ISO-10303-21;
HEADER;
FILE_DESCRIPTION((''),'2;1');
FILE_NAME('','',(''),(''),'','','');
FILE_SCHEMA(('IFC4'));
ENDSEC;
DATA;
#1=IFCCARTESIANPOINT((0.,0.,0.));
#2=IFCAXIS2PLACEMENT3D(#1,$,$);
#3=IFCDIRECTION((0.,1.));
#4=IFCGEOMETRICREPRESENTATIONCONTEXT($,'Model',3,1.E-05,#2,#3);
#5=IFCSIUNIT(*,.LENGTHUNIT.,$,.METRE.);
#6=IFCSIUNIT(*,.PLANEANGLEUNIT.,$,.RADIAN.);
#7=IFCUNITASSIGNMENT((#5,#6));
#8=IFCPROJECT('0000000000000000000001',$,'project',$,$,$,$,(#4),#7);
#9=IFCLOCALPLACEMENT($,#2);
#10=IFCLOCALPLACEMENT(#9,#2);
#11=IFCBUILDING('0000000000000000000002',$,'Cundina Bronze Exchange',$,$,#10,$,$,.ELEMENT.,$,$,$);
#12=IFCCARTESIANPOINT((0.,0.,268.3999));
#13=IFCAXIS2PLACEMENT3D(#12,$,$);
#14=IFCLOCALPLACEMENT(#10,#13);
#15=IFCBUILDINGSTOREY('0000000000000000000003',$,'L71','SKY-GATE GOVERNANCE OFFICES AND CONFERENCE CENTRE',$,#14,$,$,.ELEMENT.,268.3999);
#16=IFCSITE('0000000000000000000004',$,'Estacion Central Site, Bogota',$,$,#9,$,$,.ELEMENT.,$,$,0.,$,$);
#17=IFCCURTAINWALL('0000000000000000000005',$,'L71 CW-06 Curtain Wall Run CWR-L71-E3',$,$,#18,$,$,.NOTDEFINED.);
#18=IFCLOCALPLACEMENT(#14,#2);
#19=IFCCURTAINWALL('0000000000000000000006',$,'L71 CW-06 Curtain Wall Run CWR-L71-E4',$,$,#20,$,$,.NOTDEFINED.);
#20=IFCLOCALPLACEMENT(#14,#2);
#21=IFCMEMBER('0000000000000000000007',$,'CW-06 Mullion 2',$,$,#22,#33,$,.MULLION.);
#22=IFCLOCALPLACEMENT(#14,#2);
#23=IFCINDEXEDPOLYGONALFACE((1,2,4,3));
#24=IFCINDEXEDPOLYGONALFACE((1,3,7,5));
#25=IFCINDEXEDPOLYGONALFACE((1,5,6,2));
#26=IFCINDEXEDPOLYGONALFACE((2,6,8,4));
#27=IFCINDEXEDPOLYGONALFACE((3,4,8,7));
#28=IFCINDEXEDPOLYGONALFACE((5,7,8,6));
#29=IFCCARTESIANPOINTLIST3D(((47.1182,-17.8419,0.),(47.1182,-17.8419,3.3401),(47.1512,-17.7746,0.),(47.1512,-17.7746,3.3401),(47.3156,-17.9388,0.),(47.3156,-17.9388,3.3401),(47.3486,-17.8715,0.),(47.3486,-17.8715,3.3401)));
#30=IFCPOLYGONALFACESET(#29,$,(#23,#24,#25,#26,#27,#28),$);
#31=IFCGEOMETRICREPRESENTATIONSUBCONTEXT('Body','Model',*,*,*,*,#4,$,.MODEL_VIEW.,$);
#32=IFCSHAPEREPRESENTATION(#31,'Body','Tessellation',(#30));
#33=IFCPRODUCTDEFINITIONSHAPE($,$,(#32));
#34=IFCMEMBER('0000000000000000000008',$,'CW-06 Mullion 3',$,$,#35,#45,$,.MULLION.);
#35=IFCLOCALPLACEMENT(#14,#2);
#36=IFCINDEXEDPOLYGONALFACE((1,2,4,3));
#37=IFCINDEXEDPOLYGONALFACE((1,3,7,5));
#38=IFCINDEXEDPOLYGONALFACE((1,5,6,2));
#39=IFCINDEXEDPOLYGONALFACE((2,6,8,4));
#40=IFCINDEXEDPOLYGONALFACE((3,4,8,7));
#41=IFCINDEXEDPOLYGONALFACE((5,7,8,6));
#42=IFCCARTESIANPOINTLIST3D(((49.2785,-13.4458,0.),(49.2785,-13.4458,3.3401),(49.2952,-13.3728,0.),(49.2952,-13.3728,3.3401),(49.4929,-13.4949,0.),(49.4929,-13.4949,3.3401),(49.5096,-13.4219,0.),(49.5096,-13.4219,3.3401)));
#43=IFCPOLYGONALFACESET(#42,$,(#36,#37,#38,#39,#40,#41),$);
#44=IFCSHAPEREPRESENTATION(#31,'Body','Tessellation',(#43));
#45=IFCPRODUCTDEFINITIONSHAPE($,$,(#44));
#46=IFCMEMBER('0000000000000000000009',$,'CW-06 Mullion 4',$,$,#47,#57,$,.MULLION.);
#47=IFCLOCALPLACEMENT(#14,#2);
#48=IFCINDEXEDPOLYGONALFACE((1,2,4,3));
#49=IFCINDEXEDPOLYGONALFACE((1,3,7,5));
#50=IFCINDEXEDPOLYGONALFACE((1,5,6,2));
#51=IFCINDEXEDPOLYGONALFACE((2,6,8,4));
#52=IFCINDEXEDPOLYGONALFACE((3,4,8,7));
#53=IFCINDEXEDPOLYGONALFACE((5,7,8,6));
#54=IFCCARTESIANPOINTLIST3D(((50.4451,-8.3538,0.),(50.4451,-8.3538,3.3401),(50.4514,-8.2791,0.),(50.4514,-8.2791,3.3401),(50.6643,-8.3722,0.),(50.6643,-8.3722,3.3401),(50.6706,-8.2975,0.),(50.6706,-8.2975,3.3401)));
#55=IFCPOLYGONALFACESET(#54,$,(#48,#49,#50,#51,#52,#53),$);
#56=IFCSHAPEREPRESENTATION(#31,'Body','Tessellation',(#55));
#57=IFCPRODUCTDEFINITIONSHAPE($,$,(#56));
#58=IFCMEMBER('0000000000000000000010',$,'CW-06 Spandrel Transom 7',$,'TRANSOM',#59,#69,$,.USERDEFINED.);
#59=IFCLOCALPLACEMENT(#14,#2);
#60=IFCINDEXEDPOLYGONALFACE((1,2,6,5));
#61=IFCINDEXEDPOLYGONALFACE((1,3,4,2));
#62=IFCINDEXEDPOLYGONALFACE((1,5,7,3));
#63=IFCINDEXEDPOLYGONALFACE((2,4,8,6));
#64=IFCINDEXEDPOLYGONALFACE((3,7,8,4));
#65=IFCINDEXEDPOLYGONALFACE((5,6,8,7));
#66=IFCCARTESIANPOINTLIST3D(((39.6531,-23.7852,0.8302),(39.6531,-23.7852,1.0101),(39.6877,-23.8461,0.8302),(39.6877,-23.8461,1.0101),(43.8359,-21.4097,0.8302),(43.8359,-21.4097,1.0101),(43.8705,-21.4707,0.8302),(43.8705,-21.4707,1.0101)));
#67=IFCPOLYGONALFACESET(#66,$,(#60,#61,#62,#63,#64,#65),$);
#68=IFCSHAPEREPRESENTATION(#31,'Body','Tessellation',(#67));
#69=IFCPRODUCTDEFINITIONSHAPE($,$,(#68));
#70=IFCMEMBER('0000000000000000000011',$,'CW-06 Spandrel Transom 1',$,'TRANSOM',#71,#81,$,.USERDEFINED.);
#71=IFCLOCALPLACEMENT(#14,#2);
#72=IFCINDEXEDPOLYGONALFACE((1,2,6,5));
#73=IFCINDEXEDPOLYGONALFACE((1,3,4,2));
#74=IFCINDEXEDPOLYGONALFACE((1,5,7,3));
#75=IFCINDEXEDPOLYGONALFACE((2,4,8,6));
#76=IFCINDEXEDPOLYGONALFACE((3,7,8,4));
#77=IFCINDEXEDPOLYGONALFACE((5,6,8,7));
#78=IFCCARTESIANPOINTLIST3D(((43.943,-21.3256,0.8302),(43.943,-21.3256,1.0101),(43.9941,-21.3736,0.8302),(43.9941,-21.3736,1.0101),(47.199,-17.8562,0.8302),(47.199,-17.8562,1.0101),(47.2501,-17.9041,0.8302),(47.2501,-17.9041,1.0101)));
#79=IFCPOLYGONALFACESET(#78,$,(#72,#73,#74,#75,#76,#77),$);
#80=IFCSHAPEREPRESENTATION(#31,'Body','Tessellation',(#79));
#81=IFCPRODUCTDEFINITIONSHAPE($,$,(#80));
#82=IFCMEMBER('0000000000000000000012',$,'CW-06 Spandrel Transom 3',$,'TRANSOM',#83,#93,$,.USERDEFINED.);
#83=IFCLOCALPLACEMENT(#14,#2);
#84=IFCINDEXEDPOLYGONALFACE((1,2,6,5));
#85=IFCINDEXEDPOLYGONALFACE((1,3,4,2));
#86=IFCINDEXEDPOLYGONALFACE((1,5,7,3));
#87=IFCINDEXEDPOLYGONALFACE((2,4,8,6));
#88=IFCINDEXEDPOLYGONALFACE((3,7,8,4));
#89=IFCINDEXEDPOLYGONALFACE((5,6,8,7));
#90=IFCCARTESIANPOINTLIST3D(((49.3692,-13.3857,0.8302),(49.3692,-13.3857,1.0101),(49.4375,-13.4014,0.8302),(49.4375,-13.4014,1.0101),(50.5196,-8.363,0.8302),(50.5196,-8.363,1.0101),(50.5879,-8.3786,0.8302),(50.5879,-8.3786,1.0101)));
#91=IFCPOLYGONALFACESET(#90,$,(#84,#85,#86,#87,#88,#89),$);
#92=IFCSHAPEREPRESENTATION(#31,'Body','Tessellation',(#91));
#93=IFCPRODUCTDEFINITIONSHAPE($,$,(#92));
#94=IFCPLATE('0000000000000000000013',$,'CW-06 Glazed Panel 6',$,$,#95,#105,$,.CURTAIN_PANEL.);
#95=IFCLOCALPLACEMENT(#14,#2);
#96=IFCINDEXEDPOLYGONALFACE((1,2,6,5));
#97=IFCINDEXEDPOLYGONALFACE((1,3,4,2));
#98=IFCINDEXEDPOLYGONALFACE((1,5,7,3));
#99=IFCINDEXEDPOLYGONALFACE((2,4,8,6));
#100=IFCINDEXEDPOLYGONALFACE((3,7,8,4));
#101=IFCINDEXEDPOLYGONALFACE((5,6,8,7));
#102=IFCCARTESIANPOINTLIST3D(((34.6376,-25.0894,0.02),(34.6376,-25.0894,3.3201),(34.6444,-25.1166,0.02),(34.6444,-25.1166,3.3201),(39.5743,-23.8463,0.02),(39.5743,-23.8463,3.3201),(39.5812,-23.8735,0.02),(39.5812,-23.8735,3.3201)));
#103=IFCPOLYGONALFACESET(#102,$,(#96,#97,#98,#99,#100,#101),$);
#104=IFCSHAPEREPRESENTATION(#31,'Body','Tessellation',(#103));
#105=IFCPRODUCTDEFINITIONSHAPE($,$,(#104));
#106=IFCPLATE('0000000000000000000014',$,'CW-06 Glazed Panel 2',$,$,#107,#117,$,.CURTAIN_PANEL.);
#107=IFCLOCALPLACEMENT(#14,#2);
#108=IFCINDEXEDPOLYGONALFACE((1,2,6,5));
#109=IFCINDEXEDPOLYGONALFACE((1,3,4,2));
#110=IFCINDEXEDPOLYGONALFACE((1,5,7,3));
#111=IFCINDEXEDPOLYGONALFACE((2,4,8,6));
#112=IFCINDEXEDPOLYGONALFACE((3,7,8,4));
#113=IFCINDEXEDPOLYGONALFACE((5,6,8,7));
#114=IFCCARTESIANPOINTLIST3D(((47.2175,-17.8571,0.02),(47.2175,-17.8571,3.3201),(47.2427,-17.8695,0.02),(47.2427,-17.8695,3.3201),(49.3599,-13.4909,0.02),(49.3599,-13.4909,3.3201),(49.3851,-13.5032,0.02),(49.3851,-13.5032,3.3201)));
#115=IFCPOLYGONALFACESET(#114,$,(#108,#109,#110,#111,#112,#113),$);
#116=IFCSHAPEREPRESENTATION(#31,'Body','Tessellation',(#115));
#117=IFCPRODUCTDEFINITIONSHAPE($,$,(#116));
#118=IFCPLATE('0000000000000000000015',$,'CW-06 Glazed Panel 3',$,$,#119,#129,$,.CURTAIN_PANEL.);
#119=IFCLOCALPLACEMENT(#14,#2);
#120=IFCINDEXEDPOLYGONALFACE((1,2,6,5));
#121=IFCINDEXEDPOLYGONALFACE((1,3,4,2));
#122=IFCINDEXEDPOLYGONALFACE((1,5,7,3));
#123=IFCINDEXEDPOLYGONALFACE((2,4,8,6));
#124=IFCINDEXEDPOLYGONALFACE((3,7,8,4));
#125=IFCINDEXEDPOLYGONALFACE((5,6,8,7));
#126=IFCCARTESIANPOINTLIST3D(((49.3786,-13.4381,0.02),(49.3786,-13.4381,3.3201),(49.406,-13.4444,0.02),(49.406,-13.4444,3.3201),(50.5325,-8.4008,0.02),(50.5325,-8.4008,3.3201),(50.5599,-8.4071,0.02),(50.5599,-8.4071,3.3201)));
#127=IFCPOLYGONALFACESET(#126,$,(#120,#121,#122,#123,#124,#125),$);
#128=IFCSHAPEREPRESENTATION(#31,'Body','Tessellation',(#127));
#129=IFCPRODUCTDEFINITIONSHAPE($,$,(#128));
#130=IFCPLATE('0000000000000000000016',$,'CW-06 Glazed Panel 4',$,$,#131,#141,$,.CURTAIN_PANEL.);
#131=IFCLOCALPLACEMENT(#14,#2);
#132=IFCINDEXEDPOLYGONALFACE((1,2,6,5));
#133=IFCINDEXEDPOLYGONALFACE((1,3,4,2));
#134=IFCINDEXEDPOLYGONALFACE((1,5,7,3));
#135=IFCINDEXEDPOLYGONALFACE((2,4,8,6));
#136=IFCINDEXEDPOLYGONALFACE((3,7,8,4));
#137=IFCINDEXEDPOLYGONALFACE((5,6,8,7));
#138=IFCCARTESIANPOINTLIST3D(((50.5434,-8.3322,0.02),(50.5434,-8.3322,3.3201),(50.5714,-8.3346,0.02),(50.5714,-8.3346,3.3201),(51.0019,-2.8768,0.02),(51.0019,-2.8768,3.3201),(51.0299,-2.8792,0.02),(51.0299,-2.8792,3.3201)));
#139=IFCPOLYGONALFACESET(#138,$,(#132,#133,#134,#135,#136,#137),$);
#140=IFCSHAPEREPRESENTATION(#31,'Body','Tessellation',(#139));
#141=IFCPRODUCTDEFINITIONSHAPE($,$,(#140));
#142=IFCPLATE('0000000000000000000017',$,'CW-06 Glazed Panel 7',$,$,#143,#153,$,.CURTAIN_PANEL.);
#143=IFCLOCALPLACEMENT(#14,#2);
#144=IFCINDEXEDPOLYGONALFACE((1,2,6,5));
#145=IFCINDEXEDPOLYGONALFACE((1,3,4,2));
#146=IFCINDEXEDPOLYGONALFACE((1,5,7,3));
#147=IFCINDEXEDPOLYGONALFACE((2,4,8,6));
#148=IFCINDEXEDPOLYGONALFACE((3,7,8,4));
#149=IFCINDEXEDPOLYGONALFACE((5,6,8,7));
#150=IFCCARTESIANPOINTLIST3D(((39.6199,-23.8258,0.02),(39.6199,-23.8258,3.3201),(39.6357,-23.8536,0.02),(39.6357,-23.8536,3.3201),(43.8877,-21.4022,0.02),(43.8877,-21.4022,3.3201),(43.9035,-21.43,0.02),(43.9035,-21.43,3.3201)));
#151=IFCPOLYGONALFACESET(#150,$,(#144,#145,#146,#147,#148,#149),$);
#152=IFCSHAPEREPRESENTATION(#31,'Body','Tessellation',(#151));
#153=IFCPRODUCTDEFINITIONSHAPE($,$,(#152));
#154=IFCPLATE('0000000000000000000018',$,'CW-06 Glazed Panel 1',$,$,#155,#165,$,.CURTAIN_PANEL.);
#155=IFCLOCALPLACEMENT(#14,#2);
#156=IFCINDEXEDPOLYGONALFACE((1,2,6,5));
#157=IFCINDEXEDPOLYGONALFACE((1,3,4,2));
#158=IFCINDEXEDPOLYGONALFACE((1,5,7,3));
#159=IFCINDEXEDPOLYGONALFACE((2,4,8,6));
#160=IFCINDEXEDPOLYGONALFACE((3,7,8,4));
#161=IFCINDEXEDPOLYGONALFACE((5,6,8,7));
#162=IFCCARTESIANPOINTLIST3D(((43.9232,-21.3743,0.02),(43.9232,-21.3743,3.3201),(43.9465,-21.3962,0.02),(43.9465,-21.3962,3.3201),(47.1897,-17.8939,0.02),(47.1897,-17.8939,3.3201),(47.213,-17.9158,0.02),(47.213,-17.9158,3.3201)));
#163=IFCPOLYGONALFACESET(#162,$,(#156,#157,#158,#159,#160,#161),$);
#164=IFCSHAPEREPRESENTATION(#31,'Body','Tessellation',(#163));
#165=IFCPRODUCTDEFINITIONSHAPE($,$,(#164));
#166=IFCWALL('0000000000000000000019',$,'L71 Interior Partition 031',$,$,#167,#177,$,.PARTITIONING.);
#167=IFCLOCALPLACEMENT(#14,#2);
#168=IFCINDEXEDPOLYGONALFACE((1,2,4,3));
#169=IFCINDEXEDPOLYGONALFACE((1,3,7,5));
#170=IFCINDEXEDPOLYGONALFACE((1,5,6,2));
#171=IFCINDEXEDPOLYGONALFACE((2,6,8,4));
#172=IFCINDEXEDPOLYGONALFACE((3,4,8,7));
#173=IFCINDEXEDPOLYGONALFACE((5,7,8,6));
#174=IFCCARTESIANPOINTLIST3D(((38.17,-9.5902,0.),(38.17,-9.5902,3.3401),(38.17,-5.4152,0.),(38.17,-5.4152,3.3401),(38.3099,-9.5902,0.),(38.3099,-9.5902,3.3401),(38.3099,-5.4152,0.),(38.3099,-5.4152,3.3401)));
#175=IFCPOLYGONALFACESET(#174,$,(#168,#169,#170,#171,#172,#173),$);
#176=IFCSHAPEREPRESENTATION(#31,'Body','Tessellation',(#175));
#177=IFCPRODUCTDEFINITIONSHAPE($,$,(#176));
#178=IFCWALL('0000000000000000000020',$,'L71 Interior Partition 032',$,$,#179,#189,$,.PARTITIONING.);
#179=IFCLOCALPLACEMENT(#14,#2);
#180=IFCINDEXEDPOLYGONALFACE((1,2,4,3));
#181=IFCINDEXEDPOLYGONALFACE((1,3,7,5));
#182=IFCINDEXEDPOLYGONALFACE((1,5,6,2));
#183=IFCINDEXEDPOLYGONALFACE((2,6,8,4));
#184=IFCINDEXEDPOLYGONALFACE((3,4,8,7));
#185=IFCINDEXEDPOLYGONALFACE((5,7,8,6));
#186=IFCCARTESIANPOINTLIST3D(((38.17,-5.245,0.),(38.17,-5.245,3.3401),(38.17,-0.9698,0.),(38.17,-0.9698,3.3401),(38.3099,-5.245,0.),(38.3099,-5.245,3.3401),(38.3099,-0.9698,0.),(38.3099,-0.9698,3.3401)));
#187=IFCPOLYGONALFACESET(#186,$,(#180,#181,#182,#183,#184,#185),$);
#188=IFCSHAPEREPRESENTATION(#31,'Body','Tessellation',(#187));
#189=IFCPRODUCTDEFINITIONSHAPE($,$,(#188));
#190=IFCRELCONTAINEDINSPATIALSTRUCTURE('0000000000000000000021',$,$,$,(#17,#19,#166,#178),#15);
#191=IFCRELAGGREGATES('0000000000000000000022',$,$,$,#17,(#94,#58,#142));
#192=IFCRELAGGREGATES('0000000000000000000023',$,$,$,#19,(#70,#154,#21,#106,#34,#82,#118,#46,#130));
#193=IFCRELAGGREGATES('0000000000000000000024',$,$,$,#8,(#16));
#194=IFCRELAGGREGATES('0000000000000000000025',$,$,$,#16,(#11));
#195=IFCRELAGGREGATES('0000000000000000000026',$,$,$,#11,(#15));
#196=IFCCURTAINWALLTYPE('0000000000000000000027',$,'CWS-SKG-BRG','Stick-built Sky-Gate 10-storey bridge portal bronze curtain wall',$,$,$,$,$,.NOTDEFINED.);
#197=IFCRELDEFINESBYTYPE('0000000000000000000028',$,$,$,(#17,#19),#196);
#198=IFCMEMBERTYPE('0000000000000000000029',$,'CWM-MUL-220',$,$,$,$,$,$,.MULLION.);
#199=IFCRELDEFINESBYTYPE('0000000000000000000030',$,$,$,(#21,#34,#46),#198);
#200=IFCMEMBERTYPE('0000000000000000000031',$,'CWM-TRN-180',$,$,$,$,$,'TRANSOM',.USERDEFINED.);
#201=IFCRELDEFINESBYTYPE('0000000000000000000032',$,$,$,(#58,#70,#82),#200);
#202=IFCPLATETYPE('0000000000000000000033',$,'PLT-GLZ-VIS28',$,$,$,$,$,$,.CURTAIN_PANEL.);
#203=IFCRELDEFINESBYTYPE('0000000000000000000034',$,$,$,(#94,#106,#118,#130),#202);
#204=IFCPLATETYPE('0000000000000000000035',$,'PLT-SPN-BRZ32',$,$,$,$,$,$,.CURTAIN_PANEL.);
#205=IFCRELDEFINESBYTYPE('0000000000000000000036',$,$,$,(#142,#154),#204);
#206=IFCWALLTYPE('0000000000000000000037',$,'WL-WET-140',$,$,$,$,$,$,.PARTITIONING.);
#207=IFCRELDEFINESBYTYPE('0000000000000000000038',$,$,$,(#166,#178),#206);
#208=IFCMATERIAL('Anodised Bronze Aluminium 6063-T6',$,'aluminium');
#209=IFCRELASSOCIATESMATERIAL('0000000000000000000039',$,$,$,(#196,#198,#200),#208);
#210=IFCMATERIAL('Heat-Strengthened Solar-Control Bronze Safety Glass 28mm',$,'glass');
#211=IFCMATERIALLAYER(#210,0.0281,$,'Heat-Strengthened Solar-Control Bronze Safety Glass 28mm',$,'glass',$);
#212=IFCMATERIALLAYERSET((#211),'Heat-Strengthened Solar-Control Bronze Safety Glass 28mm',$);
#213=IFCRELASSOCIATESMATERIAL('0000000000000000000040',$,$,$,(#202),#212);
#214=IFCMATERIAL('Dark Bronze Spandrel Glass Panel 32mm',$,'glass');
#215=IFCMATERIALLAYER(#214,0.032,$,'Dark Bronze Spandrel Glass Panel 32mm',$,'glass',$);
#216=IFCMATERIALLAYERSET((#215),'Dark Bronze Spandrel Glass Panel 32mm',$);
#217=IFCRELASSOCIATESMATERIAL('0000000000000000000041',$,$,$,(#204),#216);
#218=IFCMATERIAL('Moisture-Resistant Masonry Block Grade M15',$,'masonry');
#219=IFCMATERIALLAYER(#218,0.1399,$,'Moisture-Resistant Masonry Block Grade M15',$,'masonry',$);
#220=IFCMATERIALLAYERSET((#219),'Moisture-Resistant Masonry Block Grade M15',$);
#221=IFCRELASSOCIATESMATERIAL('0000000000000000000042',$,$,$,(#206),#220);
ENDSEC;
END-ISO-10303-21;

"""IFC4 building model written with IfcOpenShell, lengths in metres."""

from ifc_helpers import new_model, si_unit, direction, frame, frame_2d, origin, origin_2d, place, context, subcontext, project, spatial, rectangle, extrude, material, layer, layer_set, material_profile, profile_set, type_object, element, aggregate, save


model = new_model("IFC4")

# Units and contexts
model_context = context("Model", 3, precision=1e-05, world=origin(), true_north=direction((0.0, 1.0)))
body_context = subcontext(model_context, "Body", "Model", "MODEL_VIEW")
ifc_project = project(units=[si_unit("LENGTHUNIT", "METRE"), si_unit("PLANEANGLEUNIT", "RADIAN")], contexts=[model_context])

# Site, building, storey
site_placement = place(None, origin())
site = spatial("IfcSite", under=ifc_project, at=site_placement, Name="Estacion Central Site, Bogota", CompositionType="ELEMENT", RefElevation=0.0)
building_placement = place(site_placement, origin())
building = spatial("IfcBuilding", under=site, at=building_placement, Name="Cundina Bronze Exchange", CompositionType="ELEMENT")
storey_placement = place(building_placement, frame((0.0, 0.0, 268.3999)))
storey = spatial("IfcBuildingStorey", under=building, at=storey_placement, Name="L71", Description="SKY-GATE GOVERNANCE OFFICES AND CONFERENCE CENTRE", CompositionType="ELEMENT", Elevation=268.3999)

# Curtain walls, members
ifc_material_1 = material(Name="Anodised Bronze Aluminium 6063-T6", Category="aluminium")
curtain_wall_type = type_object("IfcCurtainWallType", Name="CWS-SKG-BRG", Description="Stick-built Sky-Gate 10-storey bridge portal bronze curtain wall", PredefinedType="NOTDEFINED", material=ifc_material_1)
curtain_wall_1_placement = place(storey_placement, origin())
curtain_wall_1 = element("IfcCurtainWall", 1, at=curtain_wall_1_placement, inside=storey, type_object=curtain_wall_type, Name="L71 CW-06 Curtain Wall Run CWR-L71-E3", PredefinedType="NOTDEFINED")
ifc_material_profile_1 = material_profile(ifc_material_1, rectangle(XDim=0.075, YDim=0.22, at=origin_2d()), Name="AL75X220", Category="aluminium")
ifc_profile_set_1 = profile_set([ifc_material_profile_1], Name="Anodised Bronze Aluminium 6063-T6")
member_type_1 = type_object("IfcMemberType", Name="CWM-MUL-220", PredefinedType="MULLION", material=ifc_profile_set_1)
curtain_wall_2_placement = place(storey_placement, origin())
curtain_wall_2 = element("IfcCurtainWall", 2, at=curtain_wall_2_placement, inside=storey, type_object=curtain_wall_type, Name="L71 CW-06 Curtain Wall Run CWR-L71-E4", PredefinedType="NOTDEFINED")
member_1_placement = place(storey_placement, frame((47.2334, -17.8567, 0.0), z_axis=(0.0, 0.0, 1.0), x_axis=(0.440566, 0.89772, 0.0)))
member_1 = element("IfcMember", 3, at=member_1_placement, type_object=member_type_1, Name="CW-06 Mullion 2", PredefinedType="MULLION", context=body_context, shape_type="SweptSolid", body=[
    extrude(rectangle(XDim=0.075, YDim=0.22, at=origin_2d()), origin(), (0.0, 0.0, 1.0), 3.3401),
])
member_2_placement = place(storey_placement, frame((49.394, -13.4338, 0.0), z_axis=(0.0, 0.0, 1.0), x_axis=(0.22325, 0.974761, 0.0)))
member_2 = element("IfcMember", 4, at=member_2_placement, type_object=member_type_1, Name="CW-06 Mullion 3", PredefinedType="MULLION", context=body_context, shape_type="SweptSolid", body=[
    extrude(rectangle(XDim=0.075, YDim=0.22, at=origin_2d()), origin(), (0.0, 0.0, 1.0), 3.3401),
])
member_3_placement = place(storey_placement, frame((50.5579, -8.3257, 0.0), z_axis=(0.0, 0.0, 1.0), x_axis=(0.083678, 0.996493, 0.0)))
member_3 = element("IfcMember", 5, at=member_3_placement, type_object=member_type_1, Name="CW-06 Mullion 4", PredefinedType="MULLION", context=body_context, shape_type="SweptSolid", body=[
    extrude(rectangle(XDim=0.075, YDim=0.22, at=origin_2d()), origin(), (0.0, 0.0, 1.0), 3.3401),
])

# Members
ifc_material_profile_2 = material_profile(ifc_material_1, rectangle(XDim=0.0701, YDim=0.1799, at=origin_2d()), Name="AL70X180", Category="aluminium")
ifc_profile_set_2 = profile_set([ifc_material_profile_2], Name="Anodised Bronze Aluminium 6063-T6")
member_type_2 = type_object("IfcMemberType", Name="CWM-TRN-180", ElementType="TRANSOM", PredefinedType="USERDEFINED", material=ifc_profile_set_2)
member_4_placement = place(storey_placement, frame((39.6704, -23.8157, 0.9202), z_axis=(0.869558, 0.493831, 0.0), x_axis=(-0.493831, 0.869558, 0.0)))
member_4 = element("IfcMember", 6, at=member_4_placement, type_object=member_type_2, Name="CW-06 Spandrel Transom 7", ObjectType="TRANSOM", PredefinedType="USERDEFINED", context=body_context, shape_type="SweptSolid", body=[
    extrude(rectangle(XDim=0.0701, YDim=0.1799, at=origin_2d()), origin(), (0.0, 0.0, 1.0), 4.8103),
])
member_5_placement = place(storey_placement, frame((43.9685, -21.3496, 0.9202), z_axis=(0.684328, 0.729174, 0.0), x_axis=(-0.729174, 0.684328, 0.0)))
member_5 = element("IfcMember", 7, at=member_5_placement, type_object=member_type_2, Name="CW-06 Spandrel Transom 1", ObjectType="TRANSOM", PredefinedType="USERDEFINED", context=body_context, shape_type="SweptSolid", body=[
    extrude(rectangle(XDim=0.0701, YDim=0.1799, at=origin_2d()), origin(), (0.0, 0.0, 1.0), 4.7581),
])
member_6_placement = place(storey_placement, frame((49.4033, -13.3936, 0.9202), z_axis=(0.223257, 0.97476, 0.0), x_axis=(-0.97476, 0.223257, 0.0)))
member_6 = element("IfcMember", 8, at=member_6_placement, type_object=member_type_2, Name="CW-06 Spandrel Transom 3", ObjectType="TRANSOM", PredefinedType="USERDEFINED", context=body_context, shape_type="SweptSolid", body=[
    extrude(rectangle(XDim=0.0701, YDim=0.1799, at=origin_2d()), origin(), (0.0, 0.0, 1.0), 5.1528),
])

# Plates
ifc_material_2 = material(Name="Heat-Strengthened Solar-Control Bronze Safety Glass 28mm", Category="glass")
ifc_layer_1 = layer(ifc_material_2, 0.0281, Name="Heat-Strengthened Solar-Control Bronze Safety Glass 28mm", Category="glass")
ifc_layer_set_1 = layer_set([ifc_layer_1], Name="Heat-Strengthened Solar-Control Bronze Safety Glass 28mm")
plate_type_1 = type_object("IfcPlateType", Name="PLT-GLZ-VIS28", PredefinedType="CURTAIN_PANEL", material=ifc_layer_set_1)
plate_1_placement = place(storey_placement, frame((37.1094, -24.4814, 0.02), z_axis=(0.0, 0.0, 1.0), x_axis=(0.969732, 0.244174, 0.0)))
plate_1 = element("IfcPlate", 9, at=plate_1_placement, type_object=plate_type_1, Name="CW-06 Glazed Panel 6", PredefinedType="CURTAIN_PANEL", context=body_context, shape_type="SweptSolid", body=[
    extrude(rectangle(XDim=5.0908, YDim=0.0281, at=origin_2d()), origin(), (0.0, 0.0, 1.0), 3.3),
])
plate_2_placement = place(storey_placement, frame((48.3013, -15.6802, 0.02), z_axis=(0.0, 0.0, 1.0), x_axis=(0.440503, 0.897751, 0.0)))
plate_2 = element("IfcPlate", 10, at=plate_2_placement, type_object=plate_type_1, Name="CW-06 Glazed Panel 2", PredefinedType="CURTAIN_PANEL", context=body_context, shape_type="SweptSolid", body=[
    extrude(rectangle(XDim=4.8635, YDim=0.0281, at=origin_2d()), origin(), (0.0, 0.0, 1.0), 3.3),
])
plate_3_placement = place(storey_placement, frame((49.9692, -10.9226, 0.02), z_axis=(0.0, 0.0, 1.0), x_axis=(0.223284, 0.974753, 0.0)))
plate_3 = element("IfcPlate", 11, at=plate_3_placement, type_object=plate_type_1, Name="CW-06 Glazed Panel 3", PredefinedType="CURTAIN_PANEL", context=body_context, shape_type="SweptSolid", body=[
    extrude(rectangle(XDim=5.1677, YDim=0.0281, at=origin_2d()), origin(), (0.0, 0.0, 1.0), 3.3),
])
plate_4_placement = place(storey_placement, frame((50.7866, -5.6057, 0.02), z_axis=(0.0, 0.0, 1.0), x_axis=(0.083747, 0.996487, 0.0)))
plate_4 = element("IfcPlate", 12, at=plate_4_placement, type_object=plate_type_1, Name="CW-06 Glazed Panel 4", PredefinedType="CURTAIN_PANEL", context=body_context, shape_type="SweptSolid", body=[
    extrude(rectangle(XDim=5.4746, YDim=0.0281, at=origin_2d()), origin(), (0.0, 0.0, 1.0), 3.3),
])
ifc_material_3 = material(Name="Dark Bronze Spandrel Glass Panel 32mm", Category="glass")
ifc_layer_2 = layer(ifc_material_3, 0.032, Name="Dark Bronze Spandrel Glass Panel 32mm", Category="glass")
ifc_layer_set_2 = layer_set([ifc_layer_2], Name="Dark Bronze Spandrel Glass Panel 32mm")
plate_type_2 = type_object("IfcPlateType", Name="PLT-SPN-BRZ32", PredefinedType="CURTAIN_PANEL", material=ifc_layer_set_2)
plate_5_placement = place(storey_placement, frame((41.7617, -22.6279, 0.02), z_axis=(0.0, 0.0, 1.0), x_axis=(0.869573, 0.493805, 0.0)))
plate_5 = element("IfcPlate", 13, at=plate_5_placement, type_object=plate_type_2, Name="CW-06 Glazed Panel 7", PredefinedType="CURTAIN_PANEL", context=body_context, shape_type="SweptSolid", body=[
    extrude(rectangle(XDim=4.908, YDim=0.032, at=origin_2d()), origin(), (0.0, 0.0, 1.0), 3.3),
])
aggregate(curtain_wall_1, [plate_1, member_4, plate_5])
plate_6_placement = place(storey_placement, frame((45.5681, -19.645, 0.02), z_axis=(0.0, 0.0, 1.0), x_axis=(0.684344, 0.72916, 0.0)))
plate_6 = element("IfcPlate", 14, at=plate_6_placement, type_object=plate_type_2, Name="CW-06 Glazed Panel 1", PredefinedType="CURTAIN_PANEL", context=body_context, shape_type="SweptSolid", body=[
    extrude(rectangle(XDim=4.7732, YDim=0.032, at=origin_2d()), origin(), (0.0, 0.0, 1.0), 3.3),
])
aggregate(curtain_wall_2, [member_5, plate_6, member_1, plate_2, member_2, member_6, plate_3, member_3, plate_4])

# Walls
ifc_material_4 = material(Name="Moisture-Resistant Masonry Block Grade M15", Category="masonry")
ifc_layer_3 = layer(ifc_material_4, 0.1399, Name="Moisture-Resistant Masonry Block Grade M15", Category="masonry")
ifc_layer_set_3 = layer_set([ifc_layer_3], Name="Moisture-Resistant Masonry Block Grade M15")
wall_type = type_object("IfcWallType", Name="WL-WET-140", PredefinedType="PARTITIONING", material=ifc_layer_set_3)
wall_1_placement = place(storey_placement, frame((38.24, -9.5901, 0.0), z_axis=(0.0, 0.0, 1.0), x_axis=(0.0, 1.0, 0.0)))
element("IfcWall", 15, at=wall_1_placement, inside=storey, type_object=wall_type, Name="L71 Interior Partition 031", PredefinedType="PARTITIONING", context=body_context, shape_type="SweptSolid", body=[
    extrude(rectangle(XDim=4.175, YDim=0.1399, at=frame_2d((2.0874, 0.0))), origin(), (0.0, 0.0, 1.0), 3.3401),
])
wall_2_placement = place(storey_placement, frame((38.24, -5.2451, 0.0), z_axis=(0.0, 0.0, 1.0), x_axis=(0.0, 1.0, 0.0)))
element("IfcWall", 16, at=wall_2_placement, inside=storey, type_object=wall_type, Name="L71 Interior Partition 032", PredefinedType="PARTITIONING", context=body_context, shape_type="SweptSolid", body=[
    extrude(rectangle(XDim=4.2751, YDim=0.1399, at=frame_2d((2.1377, 0.0))), origin(), (0.0, 0.0, 1.0), 3.3401),
])

save(model, "model.ifc")
